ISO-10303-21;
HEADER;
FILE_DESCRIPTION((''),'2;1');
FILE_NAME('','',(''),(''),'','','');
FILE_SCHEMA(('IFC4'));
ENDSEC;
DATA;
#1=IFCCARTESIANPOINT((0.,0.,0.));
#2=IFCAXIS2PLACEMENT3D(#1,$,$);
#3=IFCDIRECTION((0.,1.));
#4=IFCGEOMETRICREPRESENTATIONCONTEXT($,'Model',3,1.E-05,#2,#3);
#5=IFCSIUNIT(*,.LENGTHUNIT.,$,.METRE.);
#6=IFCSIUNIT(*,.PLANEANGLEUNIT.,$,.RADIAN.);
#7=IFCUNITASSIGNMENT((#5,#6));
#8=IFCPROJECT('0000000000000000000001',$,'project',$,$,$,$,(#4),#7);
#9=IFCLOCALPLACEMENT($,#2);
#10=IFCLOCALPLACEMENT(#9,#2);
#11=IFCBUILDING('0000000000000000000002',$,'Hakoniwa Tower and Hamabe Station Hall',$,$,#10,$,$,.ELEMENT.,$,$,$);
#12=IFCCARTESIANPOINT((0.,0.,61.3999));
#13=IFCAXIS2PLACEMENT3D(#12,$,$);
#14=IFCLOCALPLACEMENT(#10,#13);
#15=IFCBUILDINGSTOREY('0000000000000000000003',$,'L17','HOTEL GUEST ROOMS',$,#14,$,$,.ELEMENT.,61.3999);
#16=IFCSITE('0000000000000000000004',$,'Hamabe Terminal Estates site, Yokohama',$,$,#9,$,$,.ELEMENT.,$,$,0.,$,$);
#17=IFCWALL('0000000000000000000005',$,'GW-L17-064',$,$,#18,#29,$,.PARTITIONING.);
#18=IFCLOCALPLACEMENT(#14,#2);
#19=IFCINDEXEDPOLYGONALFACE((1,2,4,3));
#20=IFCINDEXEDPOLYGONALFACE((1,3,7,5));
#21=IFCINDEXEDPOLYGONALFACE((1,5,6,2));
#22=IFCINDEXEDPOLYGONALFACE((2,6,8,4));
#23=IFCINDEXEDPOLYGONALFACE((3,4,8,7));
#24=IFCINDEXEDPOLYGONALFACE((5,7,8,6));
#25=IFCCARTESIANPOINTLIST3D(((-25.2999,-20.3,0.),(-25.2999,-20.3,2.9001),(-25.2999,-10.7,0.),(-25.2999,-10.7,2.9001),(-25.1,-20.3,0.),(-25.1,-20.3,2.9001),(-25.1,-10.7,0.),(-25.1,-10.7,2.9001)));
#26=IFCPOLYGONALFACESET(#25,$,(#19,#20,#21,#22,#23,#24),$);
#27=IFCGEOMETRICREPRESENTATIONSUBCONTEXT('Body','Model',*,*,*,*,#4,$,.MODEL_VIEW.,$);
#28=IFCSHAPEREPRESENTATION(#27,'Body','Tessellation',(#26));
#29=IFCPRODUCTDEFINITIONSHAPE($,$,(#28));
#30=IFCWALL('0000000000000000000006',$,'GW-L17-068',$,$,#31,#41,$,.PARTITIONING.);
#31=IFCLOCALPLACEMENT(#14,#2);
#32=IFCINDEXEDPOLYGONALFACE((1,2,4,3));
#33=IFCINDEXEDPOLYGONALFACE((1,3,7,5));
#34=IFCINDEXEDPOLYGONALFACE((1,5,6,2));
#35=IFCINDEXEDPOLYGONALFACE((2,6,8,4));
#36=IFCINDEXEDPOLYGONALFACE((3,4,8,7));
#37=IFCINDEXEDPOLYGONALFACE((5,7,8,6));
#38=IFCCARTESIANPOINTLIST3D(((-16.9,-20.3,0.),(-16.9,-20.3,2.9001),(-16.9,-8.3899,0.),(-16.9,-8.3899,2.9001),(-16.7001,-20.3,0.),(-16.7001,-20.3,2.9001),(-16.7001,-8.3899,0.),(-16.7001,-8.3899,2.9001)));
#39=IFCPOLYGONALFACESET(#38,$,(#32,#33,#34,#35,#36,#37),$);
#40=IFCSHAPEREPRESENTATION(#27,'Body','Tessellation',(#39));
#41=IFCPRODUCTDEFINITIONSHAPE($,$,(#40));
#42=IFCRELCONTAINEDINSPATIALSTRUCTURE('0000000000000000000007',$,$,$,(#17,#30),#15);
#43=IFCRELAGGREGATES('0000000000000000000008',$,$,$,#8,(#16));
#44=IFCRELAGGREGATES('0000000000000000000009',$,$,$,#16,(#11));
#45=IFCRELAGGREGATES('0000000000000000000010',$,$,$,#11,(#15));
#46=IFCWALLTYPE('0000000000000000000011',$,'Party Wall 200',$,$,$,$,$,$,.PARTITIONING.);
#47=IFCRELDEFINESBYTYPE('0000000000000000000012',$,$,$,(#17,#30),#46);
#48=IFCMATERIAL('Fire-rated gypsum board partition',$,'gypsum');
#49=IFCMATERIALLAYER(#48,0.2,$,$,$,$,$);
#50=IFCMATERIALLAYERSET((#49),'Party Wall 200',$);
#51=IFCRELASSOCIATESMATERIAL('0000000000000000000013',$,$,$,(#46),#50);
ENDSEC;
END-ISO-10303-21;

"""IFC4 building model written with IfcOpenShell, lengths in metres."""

from ifc_helpers import new_model, si_unit, direction, frame, frame_2d, origin, place, context, subcontext, project, spatial, rectangle, extrude, material, layer, layer_set, type_object, element, save


model = new_model("IFC4")

# Units and contexts
model_context = context("Model", 3, precision=1e-05, world=origin(), true_north=direction((0.0, 1.0)))
body_context = subcontext(model_context, "Body", "Model", "MODEL_VIEW")
ifc_project = project(units=[si_unit("LENGTHUNIT", "METRE"), si_unit("PLANEANGLEUNIT", "RADIAN")], contexts=[model_context])

# Site, building, storey
site_placement = place(None, origin())
site = spatial("IfcSite", under=ifc_project, at=site_placement, Name="Hamabe Terminal Estates site, Yokohama", CompositionType="ELEMENT", RefElevation=0.0)
building_placement = place(site_placement, origin())
building = spatial("IfcBuilding", under=site, at=building_placement, Name="Hakoniwa Tower and Hamabe Station Hall", CompositionType="ELEMENT")
storey_placement = place(building_placement, frame((0.0, 0.0, 61.3999)))
storey = spatial("IfcBuildingStorey", under=building, at=storey_placement, Name="L17", Description="HOTEL GUEST ROOMS", CompositionType="ELEMENT", Elevation=61.3999)

# Walls
ifc_material_1 = material(Name="Fire-rated gypsum board partition", Category="gypsum")
ifc_layer_1 = layer(ifc_material_1, 0.2)
ifc_layer_set_1 = layer_set([ifc_layer_1], Name="Party Wall 200")
wall_type_1 = type_object("IfcWallType", Name="Party Wall 200", PredefinedType="PARTITIONING", material=ifc_layer_set_1)
for number, where, z_axis, x_axis, name in (
    (1, (-25.2, -20.3, 0.0), (0.0, 0.0, 1.0), (0.0, 1.0, 0.0), "GW-L17-064"),
):
    element("IfcWall", number, at=place(storey_placement, frame(where, z_axis=z_axis, x_axis=x_axis)), inside=storey, type_object=wall_type_1, Name=name, PredefinedType="PARTITIONING", context=body_context, shape_type="SweptSolid", body=[
        extrude(rectangle(XDim=9.6001, YDim=0.2, at=frame_2d((4.8, 0.0))), origin(), (0.0, 0.0, 1.0), 2.9001),
    ])
wall_1_placement = place(storey_placement, frame((-16.8, -20.3, 0.0), z_axis=(0.0, 0.0, 1.0), x_axis=(0.0, 1.0, 0.0)))
element("IfcWall", 2, at=wall_1_placement, inside=storey, type_object=wall_type_1, Name="GW-L17-068", PredefinedType="PARTITIONING", context=body_context, shape_type="SweptSolid", body=[
    extrude(rectangle(XDim=11.9102, YDim=0.2, at=frame_2d((5.9551, 0.0))), origin(), (0.0, 0.0, 1.0), 2.9001),
])

save(model, "model.ifc")
